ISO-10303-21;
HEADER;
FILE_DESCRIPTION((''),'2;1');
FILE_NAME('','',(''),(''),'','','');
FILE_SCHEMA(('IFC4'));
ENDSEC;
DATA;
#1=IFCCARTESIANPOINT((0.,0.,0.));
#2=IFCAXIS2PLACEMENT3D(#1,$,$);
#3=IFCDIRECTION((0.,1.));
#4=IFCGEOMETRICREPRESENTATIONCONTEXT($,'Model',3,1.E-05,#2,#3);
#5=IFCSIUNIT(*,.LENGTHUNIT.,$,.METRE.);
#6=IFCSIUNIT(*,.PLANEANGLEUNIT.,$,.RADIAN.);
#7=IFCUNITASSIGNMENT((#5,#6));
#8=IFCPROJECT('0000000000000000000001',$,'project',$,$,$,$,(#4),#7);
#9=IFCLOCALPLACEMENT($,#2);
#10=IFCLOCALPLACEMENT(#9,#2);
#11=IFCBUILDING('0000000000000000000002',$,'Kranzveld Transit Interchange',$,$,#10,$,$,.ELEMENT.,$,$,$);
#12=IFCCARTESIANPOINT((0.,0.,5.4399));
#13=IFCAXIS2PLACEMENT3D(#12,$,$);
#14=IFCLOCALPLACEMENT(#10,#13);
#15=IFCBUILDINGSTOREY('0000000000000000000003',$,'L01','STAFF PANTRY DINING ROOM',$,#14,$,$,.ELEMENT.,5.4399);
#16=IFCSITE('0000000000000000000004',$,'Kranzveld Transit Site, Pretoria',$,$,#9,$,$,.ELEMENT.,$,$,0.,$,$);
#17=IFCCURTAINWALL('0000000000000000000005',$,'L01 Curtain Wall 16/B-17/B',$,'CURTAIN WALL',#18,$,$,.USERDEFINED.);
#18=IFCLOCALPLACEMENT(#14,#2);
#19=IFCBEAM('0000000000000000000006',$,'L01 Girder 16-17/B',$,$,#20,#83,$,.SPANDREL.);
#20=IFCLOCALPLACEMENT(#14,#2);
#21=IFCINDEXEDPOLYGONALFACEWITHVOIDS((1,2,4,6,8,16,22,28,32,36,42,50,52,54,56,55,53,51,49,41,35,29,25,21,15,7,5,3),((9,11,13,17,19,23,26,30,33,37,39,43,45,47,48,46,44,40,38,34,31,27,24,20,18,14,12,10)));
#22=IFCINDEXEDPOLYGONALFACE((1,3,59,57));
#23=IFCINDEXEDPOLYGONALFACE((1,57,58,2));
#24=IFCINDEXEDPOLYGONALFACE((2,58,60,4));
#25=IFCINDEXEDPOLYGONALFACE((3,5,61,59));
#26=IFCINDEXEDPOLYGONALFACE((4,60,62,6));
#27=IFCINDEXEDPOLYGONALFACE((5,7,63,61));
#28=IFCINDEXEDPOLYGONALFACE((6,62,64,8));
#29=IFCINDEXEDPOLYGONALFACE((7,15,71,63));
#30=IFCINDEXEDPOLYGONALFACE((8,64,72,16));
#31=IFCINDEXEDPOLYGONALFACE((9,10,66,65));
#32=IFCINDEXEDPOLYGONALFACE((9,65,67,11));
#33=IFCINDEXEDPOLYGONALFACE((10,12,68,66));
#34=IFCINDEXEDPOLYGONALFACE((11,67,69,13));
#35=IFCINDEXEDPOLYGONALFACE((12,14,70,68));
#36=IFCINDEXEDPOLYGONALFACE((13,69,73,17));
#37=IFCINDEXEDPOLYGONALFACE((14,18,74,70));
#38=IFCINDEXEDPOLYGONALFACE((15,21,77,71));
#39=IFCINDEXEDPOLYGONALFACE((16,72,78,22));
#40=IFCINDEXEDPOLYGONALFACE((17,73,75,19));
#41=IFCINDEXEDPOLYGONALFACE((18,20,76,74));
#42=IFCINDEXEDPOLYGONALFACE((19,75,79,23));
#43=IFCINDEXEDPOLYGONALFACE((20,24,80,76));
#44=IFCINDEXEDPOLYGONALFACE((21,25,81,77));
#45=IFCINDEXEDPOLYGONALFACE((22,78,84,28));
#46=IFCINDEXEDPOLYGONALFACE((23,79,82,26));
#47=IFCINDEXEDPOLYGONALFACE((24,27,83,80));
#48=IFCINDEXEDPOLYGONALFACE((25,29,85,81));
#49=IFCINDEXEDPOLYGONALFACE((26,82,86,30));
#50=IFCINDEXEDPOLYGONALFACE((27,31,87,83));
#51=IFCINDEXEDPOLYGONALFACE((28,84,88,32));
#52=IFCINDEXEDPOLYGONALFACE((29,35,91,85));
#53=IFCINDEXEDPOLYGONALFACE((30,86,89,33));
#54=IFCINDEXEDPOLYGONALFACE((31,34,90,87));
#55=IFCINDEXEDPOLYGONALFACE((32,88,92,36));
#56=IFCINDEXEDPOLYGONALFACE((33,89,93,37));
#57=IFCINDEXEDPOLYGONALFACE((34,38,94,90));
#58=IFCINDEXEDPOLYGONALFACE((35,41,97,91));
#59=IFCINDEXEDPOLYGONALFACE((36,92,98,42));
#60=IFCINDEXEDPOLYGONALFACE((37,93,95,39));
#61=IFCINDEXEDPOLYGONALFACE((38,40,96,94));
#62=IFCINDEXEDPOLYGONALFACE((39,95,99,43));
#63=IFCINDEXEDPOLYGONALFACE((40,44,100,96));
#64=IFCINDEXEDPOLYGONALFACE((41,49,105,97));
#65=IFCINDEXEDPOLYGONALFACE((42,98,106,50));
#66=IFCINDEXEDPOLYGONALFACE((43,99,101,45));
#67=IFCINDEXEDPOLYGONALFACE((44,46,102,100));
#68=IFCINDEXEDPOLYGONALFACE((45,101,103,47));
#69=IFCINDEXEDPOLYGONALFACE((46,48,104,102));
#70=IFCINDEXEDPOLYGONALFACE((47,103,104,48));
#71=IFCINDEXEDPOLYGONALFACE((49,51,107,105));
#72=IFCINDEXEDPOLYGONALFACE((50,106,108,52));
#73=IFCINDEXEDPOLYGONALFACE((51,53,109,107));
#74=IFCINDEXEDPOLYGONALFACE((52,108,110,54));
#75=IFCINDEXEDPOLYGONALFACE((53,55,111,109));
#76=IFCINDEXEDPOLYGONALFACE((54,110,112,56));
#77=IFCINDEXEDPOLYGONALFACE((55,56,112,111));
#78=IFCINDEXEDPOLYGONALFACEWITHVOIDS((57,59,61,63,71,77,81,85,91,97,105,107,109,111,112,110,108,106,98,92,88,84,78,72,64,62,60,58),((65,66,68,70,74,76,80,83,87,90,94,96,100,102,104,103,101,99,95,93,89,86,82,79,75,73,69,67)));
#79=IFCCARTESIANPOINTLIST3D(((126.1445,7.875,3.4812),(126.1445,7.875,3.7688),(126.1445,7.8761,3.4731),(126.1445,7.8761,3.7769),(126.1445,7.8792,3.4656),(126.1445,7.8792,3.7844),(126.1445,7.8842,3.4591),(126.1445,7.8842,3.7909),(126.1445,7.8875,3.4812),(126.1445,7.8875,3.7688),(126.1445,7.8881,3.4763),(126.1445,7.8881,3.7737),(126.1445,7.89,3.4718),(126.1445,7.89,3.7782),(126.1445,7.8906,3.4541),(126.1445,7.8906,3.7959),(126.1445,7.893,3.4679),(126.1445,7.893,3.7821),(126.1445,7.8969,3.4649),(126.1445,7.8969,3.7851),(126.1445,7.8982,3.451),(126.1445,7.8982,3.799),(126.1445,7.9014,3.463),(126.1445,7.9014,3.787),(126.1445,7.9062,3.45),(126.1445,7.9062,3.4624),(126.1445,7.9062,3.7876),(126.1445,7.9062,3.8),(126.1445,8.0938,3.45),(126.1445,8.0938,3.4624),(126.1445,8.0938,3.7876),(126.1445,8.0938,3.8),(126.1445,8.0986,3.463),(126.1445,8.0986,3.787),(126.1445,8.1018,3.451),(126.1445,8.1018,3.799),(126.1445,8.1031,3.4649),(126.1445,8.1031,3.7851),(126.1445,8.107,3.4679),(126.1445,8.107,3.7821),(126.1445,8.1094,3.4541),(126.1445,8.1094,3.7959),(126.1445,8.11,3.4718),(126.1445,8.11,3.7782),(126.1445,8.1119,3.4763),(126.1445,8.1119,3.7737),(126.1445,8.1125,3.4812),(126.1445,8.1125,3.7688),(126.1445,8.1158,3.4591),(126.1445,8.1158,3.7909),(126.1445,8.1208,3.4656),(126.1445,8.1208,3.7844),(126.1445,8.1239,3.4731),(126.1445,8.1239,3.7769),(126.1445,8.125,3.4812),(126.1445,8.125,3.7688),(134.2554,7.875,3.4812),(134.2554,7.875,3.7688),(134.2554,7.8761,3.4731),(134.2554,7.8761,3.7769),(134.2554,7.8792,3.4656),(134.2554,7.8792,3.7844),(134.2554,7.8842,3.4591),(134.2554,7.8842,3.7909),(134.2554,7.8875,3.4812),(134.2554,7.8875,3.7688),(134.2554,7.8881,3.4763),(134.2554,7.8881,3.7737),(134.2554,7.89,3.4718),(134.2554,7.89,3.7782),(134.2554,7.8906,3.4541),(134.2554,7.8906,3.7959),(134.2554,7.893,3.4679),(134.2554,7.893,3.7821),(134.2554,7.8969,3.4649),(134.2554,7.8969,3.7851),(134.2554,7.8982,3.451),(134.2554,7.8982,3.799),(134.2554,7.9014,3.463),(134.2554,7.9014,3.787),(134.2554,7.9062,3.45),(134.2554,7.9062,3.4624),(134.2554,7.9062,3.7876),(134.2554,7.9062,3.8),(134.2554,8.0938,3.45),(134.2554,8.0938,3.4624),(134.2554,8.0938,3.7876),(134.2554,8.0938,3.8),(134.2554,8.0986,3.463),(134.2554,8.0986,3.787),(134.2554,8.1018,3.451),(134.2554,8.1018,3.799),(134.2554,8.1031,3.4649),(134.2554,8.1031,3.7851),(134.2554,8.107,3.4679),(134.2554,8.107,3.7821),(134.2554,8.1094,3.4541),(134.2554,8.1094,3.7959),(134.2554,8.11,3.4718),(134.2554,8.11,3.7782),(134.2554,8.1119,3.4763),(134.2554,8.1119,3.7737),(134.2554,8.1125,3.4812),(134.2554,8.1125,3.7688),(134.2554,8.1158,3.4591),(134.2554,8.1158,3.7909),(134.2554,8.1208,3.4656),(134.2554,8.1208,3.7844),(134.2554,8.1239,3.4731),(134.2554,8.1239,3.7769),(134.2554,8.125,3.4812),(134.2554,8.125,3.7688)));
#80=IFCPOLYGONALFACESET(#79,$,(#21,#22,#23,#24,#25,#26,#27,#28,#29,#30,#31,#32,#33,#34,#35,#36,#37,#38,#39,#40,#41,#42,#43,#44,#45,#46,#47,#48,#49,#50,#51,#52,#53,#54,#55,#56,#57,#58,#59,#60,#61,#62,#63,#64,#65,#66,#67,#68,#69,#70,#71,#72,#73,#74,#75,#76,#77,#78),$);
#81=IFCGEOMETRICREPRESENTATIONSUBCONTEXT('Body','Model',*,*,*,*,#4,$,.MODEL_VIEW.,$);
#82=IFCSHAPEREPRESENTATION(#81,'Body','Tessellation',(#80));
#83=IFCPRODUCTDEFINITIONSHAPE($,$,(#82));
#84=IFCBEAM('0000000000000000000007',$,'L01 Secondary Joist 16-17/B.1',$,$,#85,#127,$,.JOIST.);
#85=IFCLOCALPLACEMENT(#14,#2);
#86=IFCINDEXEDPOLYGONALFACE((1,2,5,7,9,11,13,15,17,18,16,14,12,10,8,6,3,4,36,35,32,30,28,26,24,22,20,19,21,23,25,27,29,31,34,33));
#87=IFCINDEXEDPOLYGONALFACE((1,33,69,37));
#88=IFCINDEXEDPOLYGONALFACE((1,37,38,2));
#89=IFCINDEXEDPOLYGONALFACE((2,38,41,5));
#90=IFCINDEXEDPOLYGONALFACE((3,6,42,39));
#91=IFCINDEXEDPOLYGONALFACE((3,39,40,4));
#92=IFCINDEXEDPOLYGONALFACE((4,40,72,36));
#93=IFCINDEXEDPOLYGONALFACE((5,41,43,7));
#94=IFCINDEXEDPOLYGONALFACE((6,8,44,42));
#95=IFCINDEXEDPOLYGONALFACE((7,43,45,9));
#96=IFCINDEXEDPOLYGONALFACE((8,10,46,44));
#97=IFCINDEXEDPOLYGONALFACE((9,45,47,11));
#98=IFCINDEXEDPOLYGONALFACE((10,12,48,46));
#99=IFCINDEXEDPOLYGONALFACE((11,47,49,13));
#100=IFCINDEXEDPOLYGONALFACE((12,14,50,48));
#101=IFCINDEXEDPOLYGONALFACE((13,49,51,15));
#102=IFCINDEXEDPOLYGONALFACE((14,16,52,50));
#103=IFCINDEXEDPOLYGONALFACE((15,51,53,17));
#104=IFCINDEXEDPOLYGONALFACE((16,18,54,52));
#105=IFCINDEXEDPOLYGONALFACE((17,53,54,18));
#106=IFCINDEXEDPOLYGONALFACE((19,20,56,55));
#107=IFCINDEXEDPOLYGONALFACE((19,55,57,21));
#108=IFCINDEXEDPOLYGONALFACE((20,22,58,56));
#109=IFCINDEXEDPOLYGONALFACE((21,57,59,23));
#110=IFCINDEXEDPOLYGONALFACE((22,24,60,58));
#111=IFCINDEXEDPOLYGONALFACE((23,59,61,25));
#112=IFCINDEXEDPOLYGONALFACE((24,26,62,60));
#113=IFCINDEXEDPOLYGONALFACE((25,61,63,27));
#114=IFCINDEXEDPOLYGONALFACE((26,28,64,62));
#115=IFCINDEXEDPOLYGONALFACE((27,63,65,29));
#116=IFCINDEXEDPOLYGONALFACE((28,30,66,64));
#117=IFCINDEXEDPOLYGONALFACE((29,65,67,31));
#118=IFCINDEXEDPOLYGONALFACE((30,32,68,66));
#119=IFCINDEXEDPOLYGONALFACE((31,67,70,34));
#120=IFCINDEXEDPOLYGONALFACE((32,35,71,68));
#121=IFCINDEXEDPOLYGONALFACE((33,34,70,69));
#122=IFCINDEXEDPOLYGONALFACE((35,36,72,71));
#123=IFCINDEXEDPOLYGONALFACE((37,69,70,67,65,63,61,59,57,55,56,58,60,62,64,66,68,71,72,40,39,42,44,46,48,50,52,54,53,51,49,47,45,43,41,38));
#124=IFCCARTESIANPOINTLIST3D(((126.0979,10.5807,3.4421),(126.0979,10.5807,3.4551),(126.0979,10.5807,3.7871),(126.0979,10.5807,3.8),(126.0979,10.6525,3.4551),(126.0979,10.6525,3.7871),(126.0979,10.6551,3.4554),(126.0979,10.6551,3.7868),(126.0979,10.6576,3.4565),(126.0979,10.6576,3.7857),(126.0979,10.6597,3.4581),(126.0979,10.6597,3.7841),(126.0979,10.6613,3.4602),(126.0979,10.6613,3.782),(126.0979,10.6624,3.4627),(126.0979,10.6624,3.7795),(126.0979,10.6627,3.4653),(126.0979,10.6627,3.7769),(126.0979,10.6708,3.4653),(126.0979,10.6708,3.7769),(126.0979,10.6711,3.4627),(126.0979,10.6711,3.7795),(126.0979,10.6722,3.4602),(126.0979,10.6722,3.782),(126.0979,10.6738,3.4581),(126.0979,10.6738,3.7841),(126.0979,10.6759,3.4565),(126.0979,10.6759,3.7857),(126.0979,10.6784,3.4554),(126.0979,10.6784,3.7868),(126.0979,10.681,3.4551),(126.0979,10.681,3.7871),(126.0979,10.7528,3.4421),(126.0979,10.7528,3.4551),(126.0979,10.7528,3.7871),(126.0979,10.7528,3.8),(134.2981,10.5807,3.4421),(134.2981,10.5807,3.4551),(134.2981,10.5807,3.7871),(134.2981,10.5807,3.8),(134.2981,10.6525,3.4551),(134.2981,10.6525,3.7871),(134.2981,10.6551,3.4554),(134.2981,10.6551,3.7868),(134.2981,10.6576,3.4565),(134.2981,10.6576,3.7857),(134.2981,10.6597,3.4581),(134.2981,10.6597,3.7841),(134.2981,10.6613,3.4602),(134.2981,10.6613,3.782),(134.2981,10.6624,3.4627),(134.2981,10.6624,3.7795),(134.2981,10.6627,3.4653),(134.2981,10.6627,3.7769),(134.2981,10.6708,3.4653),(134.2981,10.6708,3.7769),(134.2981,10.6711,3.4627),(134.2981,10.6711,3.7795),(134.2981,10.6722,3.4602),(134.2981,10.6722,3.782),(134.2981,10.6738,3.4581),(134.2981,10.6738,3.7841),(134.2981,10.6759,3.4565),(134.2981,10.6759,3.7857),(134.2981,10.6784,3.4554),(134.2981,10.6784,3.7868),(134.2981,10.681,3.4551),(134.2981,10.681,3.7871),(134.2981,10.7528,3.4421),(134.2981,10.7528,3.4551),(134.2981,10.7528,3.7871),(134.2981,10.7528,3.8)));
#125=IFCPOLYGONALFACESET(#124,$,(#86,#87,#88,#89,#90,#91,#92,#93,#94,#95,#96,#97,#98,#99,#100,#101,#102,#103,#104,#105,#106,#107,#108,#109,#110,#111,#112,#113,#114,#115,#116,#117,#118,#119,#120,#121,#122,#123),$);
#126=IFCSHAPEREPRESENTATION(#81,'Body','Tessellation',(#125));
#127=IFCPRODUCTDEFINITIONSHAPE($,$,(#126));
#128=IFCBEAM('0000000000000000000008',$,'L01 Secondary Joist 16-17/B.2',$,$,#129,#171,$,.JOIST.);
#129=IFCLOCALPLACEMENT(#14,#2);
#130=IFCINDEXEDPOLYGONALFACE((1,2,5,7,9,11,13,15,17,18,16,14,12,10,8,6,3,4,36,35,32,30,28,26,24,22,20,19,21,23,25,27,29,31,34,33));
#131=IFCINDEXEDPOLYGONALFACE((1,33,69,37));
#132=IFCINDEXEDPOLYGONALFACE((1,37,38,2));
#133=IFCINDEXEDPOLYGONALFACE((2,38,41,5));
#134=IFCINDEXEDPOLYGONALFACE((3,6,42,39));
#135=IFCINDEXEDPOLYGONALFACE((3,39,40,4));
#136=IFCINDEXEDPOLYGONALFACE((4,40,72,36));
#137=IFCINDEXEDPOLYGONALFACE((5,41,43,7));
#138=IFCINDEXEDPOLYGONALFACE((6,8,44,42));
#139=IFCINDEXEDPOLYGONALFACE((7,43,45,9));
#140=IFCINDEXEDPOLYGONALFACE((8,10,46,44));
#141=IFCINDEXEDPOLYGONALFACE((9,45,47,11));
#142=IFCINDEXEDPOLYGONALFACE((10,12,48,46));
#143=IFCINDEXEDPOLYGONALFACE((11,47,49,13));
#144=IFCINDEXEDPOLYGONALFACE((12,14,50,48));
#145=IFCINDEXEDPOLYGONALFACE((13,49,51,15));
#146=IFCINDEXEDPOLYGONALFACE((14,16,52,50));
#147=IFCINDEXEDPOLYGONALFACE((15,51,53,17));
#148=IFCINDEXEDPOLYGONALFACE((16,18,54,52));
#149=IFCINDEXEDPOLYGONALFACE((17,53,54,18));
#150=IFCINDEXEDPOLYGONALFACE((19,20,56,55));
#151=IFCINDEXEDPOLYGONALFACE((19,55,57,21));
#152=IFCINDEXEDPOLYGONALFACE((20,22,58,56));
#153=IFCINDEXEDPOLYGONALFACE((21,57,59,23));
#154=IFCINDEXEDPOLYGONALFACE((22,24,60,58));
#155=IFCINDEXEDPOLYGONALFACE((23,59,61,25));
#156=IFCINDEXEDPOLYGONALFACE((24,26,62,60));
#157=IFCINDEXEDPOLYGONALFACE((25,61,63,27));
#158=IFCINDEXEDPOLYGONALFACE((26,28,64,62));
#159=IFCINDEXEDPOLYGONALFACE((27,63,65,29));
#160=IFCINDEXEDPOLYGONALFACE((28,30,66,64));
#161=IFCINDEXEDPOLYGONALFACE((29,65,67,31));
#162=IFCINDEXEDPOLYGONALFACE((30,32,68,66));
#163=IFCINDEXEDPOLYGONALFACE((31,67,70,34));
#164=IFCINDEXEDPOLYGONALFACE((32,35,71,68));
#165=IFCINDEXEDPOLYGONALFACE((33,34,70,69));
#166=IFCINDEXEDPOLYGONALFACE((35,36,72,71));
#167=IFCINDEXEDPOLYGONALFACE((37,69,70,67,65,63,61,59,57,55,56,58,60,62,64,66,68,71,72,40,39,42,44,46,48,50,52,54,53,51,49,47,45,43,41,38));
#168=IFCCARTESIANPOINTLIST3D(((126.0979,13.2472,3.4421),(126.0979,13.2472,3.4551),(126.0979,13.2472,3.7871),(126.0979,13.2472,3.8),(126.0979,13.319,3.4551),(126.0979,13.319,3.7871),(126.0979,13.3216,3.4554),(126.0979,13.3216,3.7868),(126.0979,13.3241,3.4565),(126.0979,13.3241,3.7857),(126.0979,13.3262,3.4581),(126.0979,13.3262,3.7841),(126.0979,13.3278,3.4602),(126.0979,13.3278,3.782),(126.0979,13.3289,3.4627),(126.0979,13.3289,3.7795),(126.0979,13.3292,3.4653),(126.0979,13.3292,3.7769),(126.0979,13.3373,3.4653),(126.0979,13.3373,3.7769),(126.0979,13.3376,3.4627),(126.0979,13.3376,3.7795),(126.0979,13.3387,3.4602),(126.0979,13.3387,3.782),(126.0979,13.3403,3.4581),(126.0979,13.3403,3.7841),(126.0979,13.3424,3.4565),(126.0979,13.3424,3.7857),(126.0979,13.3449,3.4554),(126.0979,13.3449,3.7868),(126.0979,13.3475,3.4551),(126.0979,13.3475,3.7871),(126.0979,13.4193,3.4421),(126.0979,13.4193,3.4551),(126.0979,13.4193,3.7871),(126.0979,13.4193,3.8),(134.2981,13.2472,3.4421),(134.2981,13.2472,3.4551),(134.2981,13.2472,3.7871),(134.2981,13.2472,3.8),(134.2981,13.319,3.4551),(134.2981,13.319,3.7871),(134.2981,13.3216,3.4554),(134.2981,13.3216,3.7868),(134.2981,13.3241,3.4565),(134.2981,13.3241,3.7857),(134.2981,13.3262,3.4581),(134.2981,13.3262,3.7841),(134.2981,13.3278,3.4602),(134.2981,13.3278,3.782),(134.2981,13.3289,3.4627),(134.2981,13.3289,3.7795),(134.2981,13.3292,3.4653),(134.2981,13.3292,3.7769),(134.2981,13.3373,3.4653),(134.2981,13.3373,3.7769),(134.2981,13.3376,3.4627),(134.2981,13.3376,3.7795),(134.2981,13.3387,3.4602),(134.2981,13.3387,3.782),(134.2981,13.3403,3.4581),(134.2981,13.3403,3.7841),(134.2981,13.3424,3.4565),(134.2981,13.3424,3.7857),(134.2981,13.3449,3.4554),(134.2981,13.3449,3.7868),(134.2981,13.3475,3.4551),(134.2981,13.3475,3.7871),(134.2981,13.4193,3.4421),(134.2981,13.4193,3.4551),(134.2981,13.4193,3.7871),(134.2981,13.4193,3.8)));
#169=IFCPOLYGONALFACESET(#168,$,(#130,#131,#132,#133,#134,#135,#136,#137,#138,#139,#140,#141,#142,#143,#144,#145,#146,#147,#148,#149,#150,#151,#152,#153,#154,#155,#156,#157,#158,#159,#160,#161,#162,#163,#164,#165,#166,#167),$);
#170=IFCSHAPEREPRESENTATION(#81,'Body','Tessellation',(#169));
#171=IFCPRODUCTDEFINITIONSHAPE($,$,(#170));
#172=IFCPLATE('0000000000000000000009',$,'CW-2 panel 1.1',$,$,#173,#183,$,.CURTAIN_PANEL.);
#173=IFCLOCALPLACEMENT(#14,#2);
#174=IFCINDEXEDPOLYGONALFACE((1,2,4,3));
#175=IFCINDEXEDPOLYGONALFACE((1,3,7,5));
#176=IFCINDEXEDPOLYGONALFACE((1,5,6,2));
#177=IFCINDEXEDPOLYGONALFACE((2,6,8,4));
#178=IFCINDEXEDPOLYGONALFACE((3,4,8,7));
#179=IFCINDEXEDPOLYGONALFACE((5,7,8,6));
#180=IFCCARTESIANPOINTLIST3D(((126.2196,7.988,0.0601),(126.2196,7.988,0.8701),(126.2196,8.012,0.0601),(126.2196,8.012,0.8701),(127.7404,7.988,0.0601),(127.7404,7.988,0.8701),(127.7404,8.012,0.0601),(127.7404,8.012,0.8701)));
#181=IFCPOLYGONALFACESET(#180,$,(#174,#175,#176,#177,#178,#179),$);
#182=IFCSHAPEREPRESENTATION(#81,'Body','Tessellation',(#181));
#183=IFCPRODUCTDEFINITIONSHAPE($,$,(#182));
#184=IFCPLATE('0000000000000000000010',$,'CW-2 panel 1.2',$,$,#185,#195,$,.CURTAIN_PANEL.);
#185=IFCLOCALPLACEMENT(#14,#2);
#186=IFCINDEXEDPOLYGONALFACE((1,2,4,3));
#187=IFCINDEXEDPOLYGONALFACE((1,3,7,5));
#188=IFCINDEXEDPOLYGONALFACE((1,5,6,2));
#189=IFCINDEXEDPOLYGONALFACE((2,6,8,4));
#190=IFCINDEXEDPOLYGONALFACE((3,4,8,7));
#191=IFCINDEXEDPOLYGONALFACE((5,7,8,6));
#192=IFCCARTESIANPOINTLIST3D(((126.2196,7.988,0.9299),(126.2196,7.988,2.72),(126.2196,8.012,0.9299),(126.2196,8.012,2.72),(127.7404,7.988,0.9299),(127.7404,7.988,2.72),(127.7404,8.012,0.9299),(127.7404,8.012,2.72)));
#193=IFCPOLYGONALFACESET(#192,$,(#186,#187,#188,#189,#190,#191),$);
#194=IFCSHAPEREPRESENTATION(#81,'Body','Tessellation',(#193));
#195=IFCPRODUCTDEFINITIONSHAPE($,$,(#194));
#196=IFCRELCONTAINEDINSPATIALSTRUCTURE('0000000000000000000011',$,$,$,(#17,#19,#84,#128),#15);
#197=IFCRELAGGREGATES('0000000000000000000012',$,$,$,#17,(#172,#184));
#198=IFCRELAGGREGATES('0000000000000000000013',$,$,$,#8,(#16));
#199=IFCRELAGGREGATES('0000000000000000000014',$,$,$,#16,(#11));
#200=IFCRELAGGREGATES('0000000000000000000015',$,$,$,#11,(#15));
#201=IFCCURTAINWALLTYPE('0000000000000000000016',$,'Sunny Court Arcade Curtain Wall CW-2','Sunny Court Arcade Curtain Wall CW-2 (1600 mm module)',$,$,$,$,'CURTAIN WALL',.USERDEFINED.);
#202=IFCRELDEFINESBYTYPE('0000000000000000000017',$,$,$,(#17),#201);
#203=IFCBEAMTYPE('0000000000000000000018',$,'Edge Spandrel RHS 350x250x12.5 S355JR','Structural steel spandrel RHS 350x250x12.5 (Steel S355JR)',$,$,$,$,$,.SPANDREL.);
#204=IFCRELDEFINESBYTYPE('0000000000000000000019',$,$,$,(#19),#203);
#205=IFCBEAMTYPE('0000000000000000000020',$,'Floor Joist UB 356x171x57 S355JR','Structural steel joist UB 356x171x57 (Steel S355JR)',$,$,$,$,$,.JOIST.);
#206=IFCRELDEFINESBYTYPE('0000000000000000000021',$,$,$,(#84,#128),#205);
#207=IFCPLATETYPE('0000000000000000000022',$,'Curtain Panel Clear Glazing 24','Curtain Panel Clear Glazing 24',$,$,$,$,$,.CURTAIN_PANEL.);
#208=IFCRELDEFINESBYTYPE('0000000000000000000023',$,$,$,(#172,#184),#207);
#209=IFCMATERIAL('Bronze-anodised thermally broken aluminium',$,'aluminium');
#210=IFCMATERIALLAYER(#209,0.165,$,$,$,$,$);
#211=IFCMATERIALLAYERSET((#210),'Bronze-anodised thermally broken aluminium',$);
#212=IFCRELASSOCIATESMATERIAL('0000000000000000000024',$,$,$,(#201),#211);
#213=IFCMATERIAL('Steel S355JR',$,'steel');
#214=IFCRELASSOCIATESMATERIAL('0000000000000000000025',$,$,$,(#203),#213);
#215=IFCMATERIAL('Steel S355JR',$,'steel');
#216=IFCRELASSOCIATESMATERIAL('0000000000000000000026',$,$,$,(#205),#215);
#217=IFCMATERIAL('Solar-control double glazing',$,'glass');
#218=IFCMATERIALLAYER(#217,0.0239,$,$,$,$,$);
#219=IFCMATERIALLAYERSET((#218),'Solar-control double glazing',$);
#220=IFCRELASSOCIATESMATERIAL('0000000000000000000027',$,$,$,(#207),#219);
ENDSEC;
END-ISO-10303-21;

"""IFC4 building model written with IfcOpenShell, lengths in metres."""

from ifc_helpers import new_model, si_unit, direction, frame, origin, origin_2d, place, context, subcontext, project, spatial, rectangle, hollow_rectangle, i_section, extrude, material, layer, layer_set, material_profile, profile_set, type_object, element, aggregate, save


model = new_model("IFC4")

# Units and contexts
model_context = context("Model", 3, precision=1e-05, world=origin(), true_north=direction((0.0, 1.0)))
body_context = subcontext(model_context, "Body", "Model", "MODEL_VIEW")
ifc_project = project(units=[si_unit("LENGTHUNIT", "METRE"), si_unit("PLANEANGLEUNIT", "RADIAN")], contexts=[model_context])

# Site, building, storey
site_placement = place(None, origin())
site = spatial("IfcSite", under=ifc_project, at=site_placement, Name="Kranzveld Transit Site, Pretoria", CompositionType="ELEMENT", RefElevation=0.0)
building_placement = place(site_placement, origin())
building = spatial("IfcBuilding", under=site, at=building_placement, Name="Kranzveld Transit Interchange", CompositionType="ELEMENT")
storey_placement = place(building_placement, frame((0.0, 0.0, 5.4399)))
storey = spatial("IfcBuildingStorey", under=building, at=storey_placement, Name="L01", Description="STAFF PANTRY DINING ROOM", CompositionType="ELEMENT", Elevation=5.4399)

# Curtain wall
ifc_material_1 = material(Name="Bronze-anodised thermally broken aluminium", Category="aluminium")
ifc_layer_1 = layer(ifc_material_1, 0.165)
ifc_layer_set_1 = layer_set([ifc_layer_1], Name="Bronze-anodised thermally broken aluminium")
curtain_wall_type = type_object("IfcCurtainWallType", Name="Sunny Court Arcade Curtain Wall CW-2", Description="Sunny Court Arcade Curtain Wall CW-2 (1600 mm module)", ElementType="CURTAIN WALL", PredefinedType="USERDEFINED", material=ifc_layer_set_1)
curtain_wall_placement = place(storey_placement, origin())
curtain_wall = element("IfcCurtainWall", 1, at=curtain_wall_placement, inside=storey, type_object=curtain_wall_type, Name="L01 Curtain Wall 16/B-17/B", ObjectType="CURTAIN WALL", PredefinedType="USERDEFINED")

# Beams
ifc_material_2 = material(Name="Steel S355JR", Category="steel")
ifc_material_profile_1 = material_profile(ifc_material_2, hollow_rectangle(XDim=0.25, YDim=0.3501, WallThickness=0.0125, InnerFilletRadius=0.0188, OuterFilletRadius=0.0312, at=origin_2d()), Name="RHS 350x250x12.5")
ifc_profile_set_1 = profile_set([ifc_material_profile_1], Name="Steel S355JR")
beam_type_1 = type_object("IfcBeamType", Name="Edge Spandrel RHS 350x250x12.5 S355JR", Description="Structural steel spandrel RHS 350x250x12.5 (Steel S355JR)", PredefinedType="SPANDREL", material=ifc_profile_set_1)
beam_placement = place(storey_placement, frame((126.1445, 8.0, 3.625), z_axis=(1.0, 0.0, 0.0), x_axis=(0.0, 1.0, 0.0)))
element("IfcBeam", 2, at=beam_placement, inside=storey, type_object=beam_type_1, Name="L01 Girder 16-17/B", PredefinedType="SPANDREL", context=body_context, shape_type="SweptSolid", body=[
    extrude(hollow_rectangle(XDim=0.25, YDim=0.3501, WallThickness=0.0125, InnerFilletRadius=0.0188, OuterFilletRadius=0.0312, at=origin_2d()), origin(), (0.0, 0.0, 1.0), 8.1108),
])
ifc_material_3 = material(Name="Steel S355JR", Category="steel")
ifc_material_profile_2 = material_profile(ifc_material_3, i_section(OverallWidth=0.1721, OverallDepth=0.3579, WebThickness=0.0081, FlangeThickness=0.0129, FilletRadius=0.0103, at=origin_2d()), Name="UB 356x171x57")
ifc_profile_set_2 = profile_set([ifc_material_profile_2], Name="Steel S355JR")
beam_type_2 = type_object("IfcBeamType", Name="Floor Joist UB 356x171x57 S355JR", Description="Structural steel joist UB 356x171x57 (Steel S355JR)", PredefinedType="JOIST", material=ifc_profile_set_2)
for number, where, z_axis, x_axis, name in (
    (3, (126.0979, 10.6667, 3.6211), (1.0, 0.0, 0.0), (0.0, 1.0, 0.0), "L01 Secondary Joist 16-17/B.1"),
    (4, (126.0979, 13.3333, 3.6211), (1.0, 0.0, 0.0), (0.0, 1.0, 0.0), "L01 Secondary Joist 16-17/B.2"),
):
    element("IfcBeam", number, at=place(storey_placement, frame(where, z_axis=z_axis, x_axis=x_axis)), inside=storey, type_object=beam_type_2, Name=name, PredefinedType="JOIST", context=body_context, shape_type="SweptSolid", body=[
        extrude(i_section(OverallWidth=0.1721, OverallDepth=0.3579, WebThickness=0.0081, FlangeThickness=0.0129, FilletRadius=0.0103, at=origin_2d()), origin(), (0.0, 0.0, 1.0), 8.2002),
    ])

# Plates
ifc_material_4 = material(Name="Solar-control double glazing", Category="glass")
ifc_layer_2 = layer(ifc_material_4, 0.0239)
ifc_layer_set_2 = layer_set([ifc_layer_2], Name="Solar-control double glazing")
plate_type = type_object("IfcPlateType", Name="Curtain Panel Clear Glazing 24", Description="Curtain Panel Clear Glazing 24", PredefinedType="CURTAIN_PANEL", material=ifc_layer_set_2)
plate_1_placement = place(storey_placement, frame((126.98, 8.0, 0.0601), z_axis=(0.0, 0.0, 1.0), x_axis=(1.0, 0.0, 0.0)))
plate_1 = element("IfcPlate", 5, at=plate_1_placement, type_object=plate_type, Name="CW-2 panel 1.1", PredefinedType="CURTAIN_PANEL", context=body_context, shape_type="SweptSolid", body=[
    extrude(rectangle(XDim=1.5208, YDim=0.0239, at=origin_2d()), origin(), (0.0, 0.0, 1.0), 0.8101),
])
plate_2_placement = place(storey_placement, frame((126.98, 8.0, 0.9299), z_axis=(0.0, 0.0, 1.0), x_axis=(1.0, 0.0, 0.0)))
plate_2 = element("IfcPlate", 6, at=plate_2_placement, type_object=plate_type, Name="CW-2 panel 1.2", PredefinedType="CURTAIN_PANEL", context=body_context, shape_type="SweptSolid", body=[
    extrude(rectangle(XDim=1.5208, YDim=0.0239, at=origin_2d()), origin(), (0.0, 0.0, 1.0), 1.79),
])
aggregate(curtain_wall, [plate_1, plate_2])

save(model, "model.ifc")
